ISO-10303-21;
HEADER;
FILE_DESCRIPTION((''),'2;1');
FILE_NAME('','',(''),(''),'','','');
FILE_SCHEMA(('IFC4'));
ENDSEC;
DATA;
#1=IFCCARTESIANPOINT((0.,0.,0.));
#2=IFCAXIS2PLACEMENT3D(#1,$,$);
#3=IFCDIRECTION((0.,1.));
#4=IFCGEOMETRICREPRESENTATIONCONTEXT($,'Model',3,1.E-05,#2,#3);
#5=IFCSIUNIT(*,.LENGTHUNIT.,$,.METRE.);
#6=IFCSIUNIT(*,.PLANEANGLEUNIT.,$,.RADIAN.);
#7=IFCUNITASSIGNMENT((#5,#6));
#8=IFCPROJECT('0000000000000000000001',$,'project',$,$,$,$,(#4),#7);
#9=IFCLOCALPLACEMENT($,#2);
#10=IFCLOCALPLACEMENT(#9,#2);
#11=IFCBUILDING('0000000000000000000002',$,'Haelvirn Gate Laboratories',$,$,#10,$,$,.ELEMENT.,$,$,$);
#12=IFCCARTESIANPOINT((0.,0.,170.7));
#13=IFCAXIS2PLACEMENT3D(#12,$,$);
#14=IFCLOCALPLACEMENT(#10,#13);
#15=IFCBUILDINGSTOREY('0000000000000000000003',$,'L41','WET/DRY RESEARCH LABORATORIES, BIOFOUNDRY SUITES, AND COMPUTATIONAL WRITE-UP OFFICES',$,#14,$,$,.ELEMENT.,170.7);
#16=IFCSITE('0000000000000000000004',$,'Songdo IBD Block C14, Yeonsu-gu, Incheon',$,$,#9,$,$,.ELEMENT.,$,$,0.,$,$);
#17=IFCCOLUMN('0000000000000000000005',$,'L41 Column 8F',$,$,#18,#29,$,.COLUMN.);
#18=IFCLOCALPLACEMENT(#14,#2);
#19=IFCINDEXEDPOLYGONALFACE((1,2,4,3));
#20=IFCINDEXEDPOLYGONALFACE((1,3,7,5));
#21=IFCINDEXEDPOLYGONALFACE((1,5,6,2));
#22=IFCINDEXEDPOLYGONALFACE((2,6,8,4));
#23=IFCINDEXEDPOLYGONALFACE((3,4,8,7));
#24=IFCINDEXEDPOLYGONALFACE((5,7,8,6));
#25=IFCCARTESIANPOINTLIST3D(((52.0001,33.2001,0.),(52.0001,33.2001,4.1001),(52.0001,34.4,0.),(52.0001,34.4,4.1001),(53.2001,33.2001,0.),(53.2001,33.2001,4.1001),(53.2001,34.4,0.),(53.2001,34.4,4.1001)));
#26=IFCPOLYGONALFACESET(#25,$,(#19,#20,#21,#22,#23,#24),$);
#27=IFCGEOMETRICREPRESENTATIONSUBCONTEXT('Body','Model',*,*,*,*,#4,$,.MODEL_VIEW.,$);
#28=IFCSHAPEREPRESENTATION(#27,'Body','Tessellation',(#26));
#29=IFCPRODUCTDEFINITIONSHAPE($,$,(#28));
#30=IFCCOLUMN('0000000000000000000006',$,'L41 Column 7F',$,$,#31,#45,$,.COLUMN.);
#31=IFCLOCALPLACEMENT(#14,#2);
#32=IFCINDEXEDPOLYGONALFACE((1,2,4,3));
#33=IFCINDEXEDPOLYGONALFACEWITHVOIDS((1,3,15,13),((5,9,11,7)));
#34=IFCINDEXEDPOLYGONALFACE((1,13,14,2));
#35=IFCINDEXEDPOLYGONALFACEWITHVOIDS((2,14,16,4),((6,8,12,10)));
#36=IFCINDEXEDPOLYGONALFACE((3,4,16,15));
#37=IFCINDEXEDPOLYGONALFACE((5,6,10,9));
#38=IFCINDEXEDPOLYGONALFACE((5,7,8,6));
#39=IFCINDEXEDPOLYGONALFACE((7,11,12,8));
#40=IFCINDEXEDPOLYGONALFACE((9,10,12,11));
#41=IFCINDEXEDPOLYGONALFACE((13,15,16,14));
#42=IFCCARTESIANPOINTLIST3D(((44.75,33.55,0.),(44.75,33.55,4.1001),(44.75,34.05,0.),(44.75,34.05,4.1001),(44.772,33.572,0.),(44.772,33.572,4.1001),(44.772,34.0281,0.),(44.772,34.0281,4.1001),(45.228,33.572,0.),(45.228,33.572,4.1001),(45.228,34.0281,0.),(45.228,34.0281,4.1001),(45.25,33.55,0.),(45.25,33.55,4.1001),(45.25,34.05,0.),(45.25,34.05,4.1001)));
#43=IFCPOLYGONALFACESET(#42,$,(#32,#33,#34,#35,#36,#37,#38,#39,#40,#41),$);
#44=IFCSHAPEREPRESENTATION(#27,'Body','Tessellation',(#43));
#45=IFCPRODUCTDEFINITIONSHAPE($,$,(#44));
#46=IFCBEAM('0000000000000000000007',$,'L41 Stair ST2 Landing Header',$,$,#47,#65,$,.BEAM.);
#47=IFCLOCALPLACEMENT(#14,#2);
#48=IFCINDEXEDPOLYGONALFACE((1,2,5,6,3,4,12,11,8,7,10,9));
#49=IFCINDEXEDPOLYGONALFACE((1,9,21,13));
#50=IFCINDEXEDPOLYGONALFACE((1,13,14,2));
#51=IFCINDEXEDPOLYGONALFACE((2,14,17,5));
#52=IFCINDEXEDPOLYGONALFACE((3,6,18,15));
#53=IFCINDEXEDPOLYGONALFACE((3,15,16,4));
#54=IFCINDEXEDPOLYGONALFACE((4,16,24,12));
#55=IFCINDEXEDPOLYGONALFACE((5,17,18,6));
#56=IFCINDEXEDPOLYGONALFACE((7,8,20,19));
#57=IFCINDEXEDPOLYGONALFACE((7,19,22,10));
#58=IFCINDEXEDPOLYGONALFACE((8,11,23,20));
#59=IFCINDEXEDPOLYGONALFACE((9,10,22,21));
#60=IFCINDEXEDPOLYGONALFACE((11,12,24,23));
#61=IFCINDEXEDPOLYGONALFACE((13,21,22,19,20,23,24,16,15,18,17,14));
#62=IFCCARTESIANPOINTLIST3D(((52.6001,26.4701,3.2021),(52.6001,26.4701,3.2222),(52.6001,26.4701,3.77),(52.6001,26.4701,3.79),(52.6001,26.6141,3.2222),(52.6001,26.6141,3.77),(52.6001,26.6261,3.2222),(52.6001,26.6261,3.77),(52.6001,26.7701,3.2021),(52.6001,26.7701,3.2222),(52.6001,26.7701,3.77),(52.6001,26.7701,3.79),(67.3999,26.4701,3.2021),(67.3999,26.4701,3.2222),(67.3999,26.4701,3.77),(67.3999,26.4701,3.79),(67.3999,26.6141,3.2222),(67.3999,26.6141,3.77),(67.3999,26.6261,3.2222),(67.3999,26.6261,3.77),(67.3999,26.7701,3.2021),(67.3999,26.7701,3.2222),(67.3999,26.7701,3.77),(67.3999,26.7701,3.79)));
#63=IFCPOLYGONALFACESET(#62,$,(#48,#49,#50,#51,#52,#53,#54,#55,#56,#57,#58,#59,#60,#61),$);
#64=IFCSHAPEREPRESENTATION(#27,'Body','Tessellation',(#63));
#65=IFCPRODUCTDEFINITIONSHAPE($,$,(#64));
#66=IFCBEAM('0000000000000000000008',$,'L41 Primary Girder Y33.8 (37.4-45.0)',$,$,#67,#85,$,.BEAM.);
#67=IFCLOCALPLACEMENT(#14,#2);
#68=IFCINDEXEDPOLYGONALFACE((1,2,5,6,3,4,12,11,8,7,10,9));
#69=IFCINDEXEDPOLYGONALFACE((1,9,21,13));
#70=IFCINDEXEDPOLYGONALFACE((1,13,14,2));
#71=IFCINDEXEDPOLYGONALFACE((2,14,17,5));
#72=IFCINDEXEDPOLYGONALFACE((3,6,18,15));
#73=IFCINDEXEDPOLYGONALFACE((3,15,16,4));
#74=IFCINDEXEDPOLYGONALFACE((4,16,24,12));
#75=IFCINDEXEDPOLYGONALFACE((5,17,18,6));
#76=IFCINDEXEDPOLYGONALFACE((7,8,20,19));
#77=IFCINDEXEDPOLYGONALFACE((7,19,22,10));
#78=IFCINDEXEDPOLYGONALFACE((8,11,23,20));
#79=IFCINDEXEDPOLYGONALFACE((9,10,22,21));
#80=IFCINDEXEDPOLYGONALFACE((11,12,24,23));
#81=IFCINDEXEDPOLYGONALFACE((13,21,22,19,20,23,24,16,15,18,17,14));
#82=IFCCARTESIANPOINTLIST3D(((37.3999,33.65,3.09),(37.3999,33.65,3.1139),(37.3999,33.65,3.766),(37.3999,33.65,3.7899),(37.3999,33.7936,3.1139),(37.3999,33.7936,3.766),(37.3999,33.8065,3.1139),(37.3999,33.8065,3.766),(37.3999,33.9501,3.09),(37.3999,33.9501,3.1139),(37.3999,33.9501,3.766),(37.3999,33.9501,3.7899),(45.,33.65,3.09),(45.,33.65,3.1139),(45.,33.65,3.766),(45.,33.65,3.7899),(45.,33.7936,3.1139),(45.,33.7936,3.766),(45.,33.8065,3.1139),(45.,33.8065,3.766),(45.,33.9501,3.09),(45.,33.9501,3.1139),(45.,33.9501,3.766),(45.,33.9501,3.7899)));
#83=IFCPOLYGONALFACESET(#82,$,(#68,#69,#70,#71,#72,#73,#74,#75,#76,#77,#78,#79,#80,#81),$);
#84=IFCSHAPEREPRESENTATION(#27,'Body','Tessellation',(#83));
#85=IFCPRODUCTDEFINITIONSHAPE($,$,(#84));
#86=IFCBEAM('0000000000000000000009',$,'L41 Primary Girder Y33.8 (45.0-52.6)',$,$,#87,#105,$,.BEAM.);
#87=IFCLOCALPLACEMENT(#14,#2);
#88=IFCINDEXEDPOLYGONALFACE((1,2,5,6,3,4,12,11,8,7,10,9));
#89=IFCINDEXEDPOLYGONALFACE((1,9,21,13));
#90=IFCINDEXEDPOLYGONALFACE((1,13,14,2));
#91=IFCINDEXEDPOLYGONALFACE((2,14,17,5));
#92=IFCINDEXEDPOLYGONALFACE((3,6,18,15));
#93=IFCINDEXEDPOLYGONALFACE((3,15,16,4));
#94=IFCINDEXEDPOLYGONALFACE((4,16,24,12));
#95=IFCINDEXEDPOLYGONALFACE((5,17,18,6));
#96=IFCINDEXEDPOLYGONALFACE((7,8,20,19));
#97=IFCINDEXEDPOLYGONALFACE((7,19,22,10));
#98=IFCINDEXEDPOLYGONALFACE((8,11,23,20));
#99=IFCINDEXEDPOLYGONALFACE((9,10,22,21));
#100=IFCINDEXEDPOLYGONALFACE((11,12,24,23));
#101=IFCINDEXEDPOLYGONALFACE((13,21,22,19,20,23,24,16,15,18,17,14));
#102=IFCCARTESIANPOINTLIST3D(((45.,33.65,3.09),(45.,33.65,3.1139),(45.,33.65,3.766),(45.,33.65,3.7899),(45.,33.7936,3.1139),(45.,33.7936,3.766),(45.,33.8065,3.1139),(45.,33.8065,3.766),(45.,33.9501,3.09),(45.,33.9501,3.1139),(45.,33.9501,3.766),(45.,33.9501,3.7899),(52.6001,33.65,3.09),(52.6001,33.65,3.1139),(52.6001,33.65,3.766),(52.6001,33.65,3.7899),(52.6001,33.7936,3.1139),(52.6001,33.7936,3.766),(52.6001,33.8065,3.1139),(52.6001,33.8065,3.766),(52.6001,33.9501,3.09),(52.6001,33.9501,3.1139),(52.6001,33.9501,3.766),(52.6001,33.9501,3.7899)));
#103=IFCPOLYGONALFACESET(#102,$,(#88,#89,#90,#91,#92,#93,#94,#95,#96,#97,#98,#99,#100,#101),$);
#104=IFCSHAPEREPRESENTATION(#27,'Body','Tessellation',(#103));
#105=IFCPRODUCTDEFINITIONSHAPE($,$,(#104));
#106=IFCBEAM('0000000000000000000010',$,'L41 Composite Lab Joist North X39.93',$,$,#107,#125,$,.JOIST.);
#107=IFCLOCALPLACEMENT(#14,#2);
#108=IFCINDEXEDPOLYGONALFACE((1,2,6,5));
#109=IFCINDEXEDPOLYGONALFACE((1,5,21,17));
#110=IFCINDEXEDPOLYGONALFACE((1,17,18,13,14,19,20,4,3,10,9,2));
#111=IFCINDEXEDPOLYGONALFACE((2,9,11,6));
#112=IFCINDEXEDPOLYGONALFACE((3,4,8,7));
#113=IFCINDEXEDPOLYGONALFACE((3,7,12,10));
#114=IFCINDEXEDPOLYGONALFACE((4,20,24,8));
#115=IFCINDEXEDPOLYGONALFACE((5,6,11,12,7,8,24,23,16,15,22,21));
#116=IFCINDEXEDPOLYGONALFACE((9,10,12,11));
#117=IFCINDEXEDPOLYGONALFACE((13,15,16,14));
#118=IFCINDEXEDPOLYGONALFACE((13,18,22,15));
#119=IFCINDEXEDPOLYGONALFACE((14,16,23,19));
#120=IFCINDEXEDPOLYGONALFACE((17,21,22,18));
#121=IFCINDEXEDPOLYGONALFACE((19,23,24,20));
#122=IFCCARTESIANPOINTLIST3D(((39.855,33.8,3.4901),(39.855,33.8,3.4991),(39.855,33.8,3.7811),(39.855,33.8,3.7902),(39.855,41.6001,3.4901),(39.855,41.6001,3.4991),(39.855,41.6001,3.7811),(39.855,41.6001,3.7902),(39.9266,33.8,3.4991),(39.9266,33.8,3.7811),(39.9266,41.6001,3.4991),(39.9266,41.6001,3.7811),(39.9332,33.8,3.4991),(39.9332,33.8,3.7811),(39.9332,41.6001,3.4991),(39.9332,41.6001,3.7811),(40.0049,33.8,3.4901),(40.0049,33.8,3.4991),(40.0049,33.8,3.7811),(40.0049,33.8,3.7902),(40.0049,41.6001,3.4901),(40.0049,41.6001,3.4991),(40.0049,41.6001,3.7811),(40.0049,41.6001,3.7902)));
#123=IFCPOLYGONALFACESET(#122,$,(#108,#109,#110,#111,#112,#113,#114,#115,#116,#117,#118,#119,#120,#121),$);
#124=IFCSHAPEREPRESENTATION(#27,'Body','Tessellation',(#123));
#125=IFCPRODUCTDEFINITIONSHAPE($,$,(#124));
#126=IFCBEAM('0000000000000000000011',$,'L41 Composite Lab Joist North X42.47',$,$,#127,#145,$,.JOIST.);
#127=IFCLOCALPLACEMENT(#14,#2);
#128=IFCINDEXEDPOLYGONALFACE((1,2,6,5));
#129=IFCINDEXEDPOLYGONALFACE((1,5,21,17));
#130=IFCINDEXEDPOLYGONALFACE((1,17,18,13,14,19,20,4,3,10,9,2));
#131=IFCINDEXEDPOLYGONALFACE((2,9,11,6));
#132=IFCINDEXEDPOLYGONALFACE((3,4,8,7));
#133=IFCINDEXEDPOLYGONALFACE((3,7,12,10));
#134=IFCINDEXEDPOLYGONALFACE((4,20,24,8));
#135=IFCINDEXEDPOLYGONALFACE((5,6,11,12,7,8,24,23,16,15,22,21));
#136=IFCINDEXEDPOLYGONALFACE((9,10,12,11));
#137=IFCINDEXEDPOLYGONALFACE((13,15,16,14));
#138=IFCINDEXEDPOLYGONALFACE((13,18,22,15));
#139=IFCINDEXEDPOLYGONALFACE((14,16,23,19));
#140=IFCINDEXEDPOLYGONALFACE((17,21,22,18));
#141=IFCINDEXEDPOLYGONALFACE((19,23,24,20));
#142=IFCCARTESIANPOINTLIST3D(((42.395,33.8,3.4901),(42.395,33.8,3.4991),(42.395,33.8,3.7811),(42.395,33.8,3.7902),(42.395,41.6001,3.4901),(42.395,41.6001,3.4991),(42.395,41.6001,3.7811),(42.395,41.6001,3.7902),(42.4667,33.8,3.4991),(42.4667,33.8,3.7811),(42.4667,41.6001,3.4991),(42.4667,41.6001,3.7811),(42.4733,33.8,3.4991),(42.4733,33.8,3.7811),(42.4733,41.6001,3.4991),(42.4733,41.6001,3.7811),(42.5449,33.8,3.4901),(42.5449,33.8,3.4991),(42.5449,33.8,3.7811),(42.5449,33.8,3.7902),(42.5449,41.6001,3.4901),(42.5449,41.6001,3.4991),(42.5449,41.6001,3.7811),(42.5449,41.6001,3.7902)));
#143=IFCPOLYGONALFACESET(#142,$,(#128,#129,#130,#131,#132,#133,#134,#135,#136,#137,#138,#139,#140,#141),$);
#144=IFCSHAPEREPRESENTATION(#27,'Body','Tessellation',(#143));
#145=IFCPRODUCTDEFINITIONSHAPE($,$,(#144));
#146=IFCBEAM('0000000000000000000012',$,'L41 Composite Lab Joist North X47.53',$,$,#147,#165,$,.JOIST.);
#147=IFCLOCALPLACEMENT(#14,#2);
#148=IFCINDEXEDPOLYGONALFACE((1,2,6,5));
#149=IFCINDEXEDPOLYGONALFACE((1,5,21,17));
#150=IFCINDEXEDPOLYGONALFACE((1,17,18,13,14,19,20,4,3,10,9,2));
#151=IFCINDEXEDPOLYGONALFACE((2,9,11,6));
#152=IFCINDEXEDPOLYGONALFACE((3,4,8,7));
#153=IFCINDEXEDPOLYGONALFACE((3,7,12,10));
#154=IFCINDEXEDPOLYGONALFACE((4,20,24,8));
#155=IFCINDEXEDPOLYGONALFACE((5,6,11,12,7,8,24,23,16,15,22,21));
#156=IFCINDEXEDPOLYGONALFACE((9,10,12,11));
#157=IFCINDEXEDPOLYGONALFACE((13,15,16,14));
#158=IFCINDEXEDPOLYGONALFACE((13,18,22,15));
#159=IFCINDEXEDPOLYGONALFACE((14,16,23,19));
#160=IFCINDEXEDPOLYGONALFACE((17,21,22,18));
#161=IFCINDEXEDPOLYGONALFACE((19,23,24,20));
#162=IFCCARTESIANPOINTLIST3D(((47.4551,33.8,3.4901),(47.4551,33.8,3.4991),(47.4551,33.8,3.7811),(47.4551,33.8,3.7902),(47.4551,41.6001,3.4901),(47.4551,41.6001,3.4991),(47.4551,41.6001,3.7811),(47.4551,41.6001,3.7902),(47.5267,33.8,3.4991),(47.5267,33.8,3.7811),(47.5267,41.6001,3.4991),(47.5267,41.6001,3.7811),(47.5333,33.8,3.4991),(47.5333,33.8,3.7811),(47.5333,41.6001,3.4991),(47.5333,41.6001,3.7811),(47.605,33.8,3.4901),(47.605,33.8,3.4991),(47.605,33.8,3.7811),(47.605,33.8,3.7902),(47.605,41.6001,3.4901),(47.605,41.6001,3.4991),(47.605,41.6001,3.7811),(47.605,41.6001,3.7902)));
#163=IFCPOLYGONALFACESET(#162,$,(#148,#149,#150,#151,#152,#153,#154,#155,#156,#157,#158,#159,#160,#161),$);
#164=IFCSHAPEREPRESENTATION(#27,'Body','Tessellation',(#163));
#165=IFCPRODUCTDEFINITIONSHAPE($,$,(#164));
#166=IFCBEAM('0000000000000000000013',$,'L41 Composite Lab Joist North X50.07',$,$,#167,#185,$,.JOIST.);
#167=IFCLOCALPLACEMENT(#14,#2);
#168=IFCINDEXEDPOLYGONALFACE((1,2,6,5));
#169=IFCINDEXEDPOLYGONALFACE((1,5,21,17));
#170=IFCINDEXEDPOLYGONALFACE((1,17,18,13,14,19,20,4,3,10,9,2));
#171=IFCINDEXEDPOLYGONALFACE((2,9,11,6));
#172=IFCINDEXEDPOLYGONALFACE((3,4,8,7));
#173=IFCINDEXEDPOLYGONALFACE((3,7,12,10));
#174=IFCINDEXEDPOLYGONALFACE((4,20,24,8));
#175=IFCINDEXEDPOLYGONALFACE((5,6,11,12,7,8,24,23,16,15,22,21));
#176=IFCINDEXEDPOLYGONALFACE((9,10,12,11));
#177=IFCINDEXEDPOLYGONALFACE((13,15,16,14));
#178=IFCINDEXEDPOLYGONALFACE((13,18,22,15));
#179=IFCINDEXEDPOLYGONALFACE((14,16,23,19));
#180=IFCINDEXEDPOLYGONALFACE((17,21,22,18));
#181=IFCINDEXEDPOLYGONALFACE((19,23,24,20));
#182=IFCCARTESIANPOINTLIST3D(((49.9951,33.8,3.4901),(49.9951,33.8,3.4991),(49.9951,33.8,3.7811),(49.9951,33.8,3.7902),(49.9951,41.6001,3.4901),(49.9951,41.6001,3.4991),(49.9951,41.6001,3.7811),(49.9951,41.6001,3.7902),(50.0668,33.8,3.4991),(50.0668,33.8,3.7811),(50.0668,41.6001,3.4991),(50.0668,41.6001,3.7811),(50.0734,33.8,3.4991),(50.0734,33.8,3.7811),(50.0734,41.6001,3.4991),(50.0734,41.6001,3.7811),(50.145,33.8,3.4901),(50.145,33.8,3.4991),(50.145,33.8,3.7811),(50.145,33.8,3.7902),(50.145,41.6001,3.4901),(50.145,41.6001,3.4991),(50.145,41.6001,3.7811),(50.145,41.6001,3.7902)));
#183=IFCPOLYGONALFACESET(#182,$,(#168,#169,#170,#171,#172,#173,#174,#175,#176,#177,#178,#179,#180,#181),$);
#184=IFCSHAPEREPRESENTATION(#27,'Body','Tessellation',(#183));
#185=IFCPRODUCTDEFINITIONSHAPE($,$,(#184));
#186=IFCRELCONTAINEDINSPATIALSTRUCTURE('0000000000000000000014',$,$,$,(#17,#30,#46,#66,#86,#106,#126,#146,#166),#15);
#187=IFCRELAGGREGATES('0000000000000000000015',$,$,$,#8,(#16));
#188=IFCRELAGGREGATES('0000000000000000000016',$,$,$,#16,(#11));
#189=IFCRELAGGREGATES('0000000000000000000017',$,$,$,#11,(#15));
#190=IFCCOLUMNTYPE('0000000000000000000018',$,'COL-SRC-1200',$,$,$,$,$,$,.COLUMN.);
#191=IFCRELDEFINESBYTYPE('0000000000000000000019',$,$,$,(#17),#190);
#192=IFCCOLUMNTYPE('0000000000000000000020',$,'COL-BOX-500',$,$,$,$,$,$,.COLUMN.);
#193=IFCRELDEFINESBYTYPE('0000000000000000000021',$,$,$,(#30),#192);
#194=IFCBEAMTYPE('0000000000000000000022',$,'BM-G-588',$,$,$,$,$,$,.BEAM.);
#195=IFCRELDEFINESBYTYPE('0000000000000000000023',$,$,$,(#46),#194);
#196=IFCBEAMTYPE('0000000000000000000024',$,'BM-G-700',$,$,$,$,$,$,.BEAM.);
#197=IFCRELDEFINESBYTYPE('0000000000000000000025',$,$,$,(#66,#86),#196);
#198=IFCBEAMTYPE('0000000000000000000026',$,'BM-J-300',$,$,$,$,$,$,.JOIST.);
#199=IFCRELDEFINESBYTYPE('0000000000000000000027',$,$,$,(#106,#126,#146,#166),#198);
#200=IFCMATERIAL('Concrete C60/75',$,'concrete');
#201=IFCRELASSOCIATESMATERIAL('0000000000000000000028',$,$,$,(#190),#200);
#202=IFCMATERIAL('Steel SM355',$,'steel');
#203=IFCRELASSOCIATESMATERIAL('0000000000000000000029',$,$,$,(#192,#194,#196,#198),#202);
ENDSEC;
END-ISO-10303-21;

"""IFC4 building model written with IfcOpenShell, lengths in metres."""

from ifc_helpers import new_model, si_unit, direction, frame, origin, origin_2d, place, context, subcontext, project, spatial, rectangle, hollow_rectangle, i_section, extrude, source, transform, mapped, material, material_profile, profile_set, type_object, type_shapes, element, save


model = new_model("IFC4")

# Units and contexts
model_context = context("Model", 3, precision=1e-05, world=origin(), true_north=direction((0.0, 1.0)))
body_context = subcontext(model_context, "Body", "Model", "MODEL_VIEW")
ifc_project = project(units=[si_unit("LENGTHUNIT", "METRE"), si_unit("PLANEANGLEUNIT", "RADIAN")], contexts=[model_context])

# Site, building, storey
site_placement = place(None, origin())
site = spatial("IfcSite", under=ifc_project, at=site_placement, Name="Songdo IBD Block C14, Yeonsu-gu, Incheon", CompositionType="ELEMENT", RefElevation=0.0)
building_placement = place(site_placement, origin())
building = spatial("IfcBuilding", under=site, at=building_placement, Name="Haelvirn Gate Laboratories", CompositionType="ELEMENT")
storey_placement = place(building_placement, frame((0.0, 0.0, 170.7)))
storey = spatial("IfcBuildingStorey", under=building, at=storey_placement, Name="L41", Description="WET/DRY RESEARCH LABORATORIES, BIOFOUNDRY SUITES, AND COMPUTATIONAL WRITE-UP OFFICES", CompositionType="ELEMENT", Elevation=170.7)

# Columns
ifc_material_1 = material(Name="Concrete C60/75", Category="concrete")
ifc_material_profile_1 = material_profile(ifc_material_1, rectangle(XDim=1.2, YDim=1.2, at=origin_2d()), Name="SRC-1200x1200")
ifc_profile_set_1 = profile_set([ifc_material_profile_1], Name="Concrete C60/75")
column_type_1 = type_object("IfcColumnType", Name="COL-SRC-1200", PredefinedType="COLUMN", material=ifc_profile_set_1)
shared_shape_1 = source(origin(), body_context, "Body", "SweptSolid", [
    extrude(rectangle(XDim=1.2, YDim=1.2, at=origin_2d()), origin(), (0.0, 0.0, 1.0), 4.1001),
])
type_shapes(column_type_1, [shared_shape_1])
column_1_placement = place(storey_placement, frame((52.6001, 33.8, 0.0), z_axis=(0.0, 0.0, 1.0), x_axis=(1.0, 0.0, 0.0)))
element("IfcColumn", 1, at=column_1_placement, inside=storey, type_object=column_type_1, Name="L41 Column 8F", PredefinedType="COLUMN", context=body_context, shape_type="MappedRepresentation", body=[
    mapped(shared_shape_1, transform((0.0, 0.0, 0.0), scale=1.0)),
])
ifc_material_2 = material(Name="Steel SM355", Category="steel")
ifc_material_profile_2 = material_profile(ifc_material_2, hollow_rectangle(XDim=0.5, YDim=0.5, WallThickness=0.022, at=origin_2d()), Name="BOX-500x500x22")
ifc_profile_set_2 = profile_set([ifc_material_profile_2], Name="Steel SM355")
column_type_2 = type_object("IfcColumnType", Name="COL-BOX-500", PredefinedType="COLUMN", material=ifc_profile_set_2)
shared_shape_2 = source(origin(), body_context, "Body", "SweptSolid", [
    extrude(hollow_rectangle(XDim=0.5, YDim=0.5, WallThickness=0.022, at=origin_2d()), origin(), (0.0, 0.0, 1.0), 4.1001),
])
type_shapes(column_type_2, [shared_shape_2])
column_2_placement = place(storey_placement, frame((45.0, 33.8, 0.0), z_axis=(0.0, 0.0, 1.0), x_axis=(1.0, 0.0, 0.0)))
element("IfcColumn", 2, at=column_2_placement, inside=storey, type_object=column_type_2, Name="L41 Column 7F", PredefinedType="COLUMN", context=body_context, shape_type="MappedRepresentation", body=[
    mapped(shared_shape_2, transform((0.0, 0.0, 0.0), scale=1.0)),
])

# Beams
ifc_material_profile_3 = material_profile(ifc_material_2, i_section(OverallWidth=0.3, OverallDepth=0.5879, WebThickness=0.012, FlangeThickness=0.02, at=origin_2d()), Name="H-588x300x12x20")
ifc_profile_set_3 = profile_set([ifc_material_profile_3], Name="Steel SM355")
beam_type_1 = type_object("IfcBeamType", Name="BM-G-588", PredefinedType="BEAM", material=ifc_profile_set_3)
shared_shape_3 = source(origin(), body_context, "Body", "SweptSolid", [
    extrude(i_section(OverallWidth=0.3, OverallDepth=0.5879, WebThickness=0.012, FlangeThickness=0.02, at=origin_2d()), origin(), (0.0, 0.0, 1.0), 14.7998),
])
beam_1_placement = place(storey_placement, frame((52.6001, 26.6201, 3.4961), z_axis=(1.0, 0.0, 0.0), x_axis=(0.0, 1.0, 0.0)))
element("IfcBeam", 3, at=beam_1_placement, inside=storey, type_object=beam_type_1, Name="L41 Stair ST2 Landing Header", PredefinedType="BEAM", context=body_context, shape_type="MappedRepresentation", body=[
    mapped(shared_shape_3, transform((0.0, 0.0, 0.0), scale=1.0)),
])
ifc_material_profile_4 = material_profile(ifc_material_2, i_section(OverallWidth=0.3, OverallDepth=0.7, WebThickness=0.0129, FlangeThickness=0.0239, at=origin_2d()), Name="H-700x300x13x24")
ifc_profile_set_4 = profile_set([ifc_material_profile_4], Name="Steel SM355")
beam_type_2 = type_object("IfcBeamType", Name="BM-G-700", PredefinedType="BEAM", material=ifc_profile_set_4)
shared_shape_4 = source(origin(), body_context, "Body", "SweptSolid", [
    extrude(i_section(OverallWidth=0.3, OverallDepth=0.7, WebThickness=0.0129, FlangeThickness=0.0239, at=origin_2d()), origin(), (0.0, 0.0, 1.0), 7.6001),
])
type_shapes(beam_type_2, [shared_shape_4])
for number, where, z_axis, x_axis, name in (
    (4, (37.3999, 33.8, 3.4399), (1.0, 0.0, 0.0), (0.0, 1.0, 0.0), "L41 Primary Girder Y33.8 (37.4-45.0)"),
    (5, (45.0, 33.8, 3.4399), (1.0, 0.0, 0.0), (0.0, 1.0, 0.0), "L41 Primary Girder Y33.8 (45.0-52.6)"),
):
    element("IfcBeam", number, at=place(storey_placement, frame(where, z_axis=z_axis, x_axis=x_axis)), inside=storey, type_object=beam_type_2, Name=name, PredefinedType="BEAM", context=body_context, shape_type="MappedRepresentation", body=[
        mapped(shared_shape_4, transform((0.0, 0.0, 0.0), scale=1.0)),
    ])
ifc_material_profile_5 = material_profile(ifc_material_2, i_section(OverallWidth=0.1499, OverallDepth=0.3, WebThickness=0.0066, FlangeThickness=0.009, at=origin_2d()), Name="H-300x150x6.5x9")
ifc_profile_set_5 = profile_set([ifc_material_profile_5], Name="Steel SM355")
beam_type_3 = type_object("IfcBeamType", Name="BM-J-300", PredefinedType="JOIST", material=ifc_profile_set_5)
shared_shape_5 = source(origin(), body_context, "Body", "SweptSolid", [
    extrude(i_section(OverallWidth=0.1499, OverallDepth=0.3, WebThickness=0.0066, FlangeThickness=0.009, at=origin_2d()), origin(), (0.0, 0.0, 1.0), 7.8),
])
type_shapes(beam_type_3, [shared_shape_5])
for number, where, z_axis, x_axis, name in (
    (6, (39.9299, 33.8, 3.6401), (0.0, 1.0, 0.0), (-1.0, 0.0, 0.0), "L41 Composite Lab Joist North X39.93"),
    (7, (42.47, 33.8, 3.6401), (0.0, 1.0, 0.0), (-1.0, 0.0, 0.0), "L41 Composite Lab Joist North X42.47"),
    (8, (47.53, 33.8, 3.6401), (0.0, 1.0, 0.0), (-1.0, 0.0, 0.0), "L41 Composite Lab Joist North X47.53"),
    (9, (50.0701, 33.8, 3.6401), (0.0, 1.0, 0.0), (-1.0, 0.0, 0.0), "L41 Composite Lab Joist North X50.07"),
):
    element("IfcBeam", number, at=place(storey_placement, frame(where, z_axis=z_axis, x_axis=x_axis)), inside=storey, type_object=beam_type_3, Name=name, PredefinedType="JOIST", context=body_context, shape_type="MappedRepresentation", body=[
        mapped(shared_shape_5, transform((0.0, 0.0, 0.0), scale=1.0)),
    ])

save(model, "model.ifc")
